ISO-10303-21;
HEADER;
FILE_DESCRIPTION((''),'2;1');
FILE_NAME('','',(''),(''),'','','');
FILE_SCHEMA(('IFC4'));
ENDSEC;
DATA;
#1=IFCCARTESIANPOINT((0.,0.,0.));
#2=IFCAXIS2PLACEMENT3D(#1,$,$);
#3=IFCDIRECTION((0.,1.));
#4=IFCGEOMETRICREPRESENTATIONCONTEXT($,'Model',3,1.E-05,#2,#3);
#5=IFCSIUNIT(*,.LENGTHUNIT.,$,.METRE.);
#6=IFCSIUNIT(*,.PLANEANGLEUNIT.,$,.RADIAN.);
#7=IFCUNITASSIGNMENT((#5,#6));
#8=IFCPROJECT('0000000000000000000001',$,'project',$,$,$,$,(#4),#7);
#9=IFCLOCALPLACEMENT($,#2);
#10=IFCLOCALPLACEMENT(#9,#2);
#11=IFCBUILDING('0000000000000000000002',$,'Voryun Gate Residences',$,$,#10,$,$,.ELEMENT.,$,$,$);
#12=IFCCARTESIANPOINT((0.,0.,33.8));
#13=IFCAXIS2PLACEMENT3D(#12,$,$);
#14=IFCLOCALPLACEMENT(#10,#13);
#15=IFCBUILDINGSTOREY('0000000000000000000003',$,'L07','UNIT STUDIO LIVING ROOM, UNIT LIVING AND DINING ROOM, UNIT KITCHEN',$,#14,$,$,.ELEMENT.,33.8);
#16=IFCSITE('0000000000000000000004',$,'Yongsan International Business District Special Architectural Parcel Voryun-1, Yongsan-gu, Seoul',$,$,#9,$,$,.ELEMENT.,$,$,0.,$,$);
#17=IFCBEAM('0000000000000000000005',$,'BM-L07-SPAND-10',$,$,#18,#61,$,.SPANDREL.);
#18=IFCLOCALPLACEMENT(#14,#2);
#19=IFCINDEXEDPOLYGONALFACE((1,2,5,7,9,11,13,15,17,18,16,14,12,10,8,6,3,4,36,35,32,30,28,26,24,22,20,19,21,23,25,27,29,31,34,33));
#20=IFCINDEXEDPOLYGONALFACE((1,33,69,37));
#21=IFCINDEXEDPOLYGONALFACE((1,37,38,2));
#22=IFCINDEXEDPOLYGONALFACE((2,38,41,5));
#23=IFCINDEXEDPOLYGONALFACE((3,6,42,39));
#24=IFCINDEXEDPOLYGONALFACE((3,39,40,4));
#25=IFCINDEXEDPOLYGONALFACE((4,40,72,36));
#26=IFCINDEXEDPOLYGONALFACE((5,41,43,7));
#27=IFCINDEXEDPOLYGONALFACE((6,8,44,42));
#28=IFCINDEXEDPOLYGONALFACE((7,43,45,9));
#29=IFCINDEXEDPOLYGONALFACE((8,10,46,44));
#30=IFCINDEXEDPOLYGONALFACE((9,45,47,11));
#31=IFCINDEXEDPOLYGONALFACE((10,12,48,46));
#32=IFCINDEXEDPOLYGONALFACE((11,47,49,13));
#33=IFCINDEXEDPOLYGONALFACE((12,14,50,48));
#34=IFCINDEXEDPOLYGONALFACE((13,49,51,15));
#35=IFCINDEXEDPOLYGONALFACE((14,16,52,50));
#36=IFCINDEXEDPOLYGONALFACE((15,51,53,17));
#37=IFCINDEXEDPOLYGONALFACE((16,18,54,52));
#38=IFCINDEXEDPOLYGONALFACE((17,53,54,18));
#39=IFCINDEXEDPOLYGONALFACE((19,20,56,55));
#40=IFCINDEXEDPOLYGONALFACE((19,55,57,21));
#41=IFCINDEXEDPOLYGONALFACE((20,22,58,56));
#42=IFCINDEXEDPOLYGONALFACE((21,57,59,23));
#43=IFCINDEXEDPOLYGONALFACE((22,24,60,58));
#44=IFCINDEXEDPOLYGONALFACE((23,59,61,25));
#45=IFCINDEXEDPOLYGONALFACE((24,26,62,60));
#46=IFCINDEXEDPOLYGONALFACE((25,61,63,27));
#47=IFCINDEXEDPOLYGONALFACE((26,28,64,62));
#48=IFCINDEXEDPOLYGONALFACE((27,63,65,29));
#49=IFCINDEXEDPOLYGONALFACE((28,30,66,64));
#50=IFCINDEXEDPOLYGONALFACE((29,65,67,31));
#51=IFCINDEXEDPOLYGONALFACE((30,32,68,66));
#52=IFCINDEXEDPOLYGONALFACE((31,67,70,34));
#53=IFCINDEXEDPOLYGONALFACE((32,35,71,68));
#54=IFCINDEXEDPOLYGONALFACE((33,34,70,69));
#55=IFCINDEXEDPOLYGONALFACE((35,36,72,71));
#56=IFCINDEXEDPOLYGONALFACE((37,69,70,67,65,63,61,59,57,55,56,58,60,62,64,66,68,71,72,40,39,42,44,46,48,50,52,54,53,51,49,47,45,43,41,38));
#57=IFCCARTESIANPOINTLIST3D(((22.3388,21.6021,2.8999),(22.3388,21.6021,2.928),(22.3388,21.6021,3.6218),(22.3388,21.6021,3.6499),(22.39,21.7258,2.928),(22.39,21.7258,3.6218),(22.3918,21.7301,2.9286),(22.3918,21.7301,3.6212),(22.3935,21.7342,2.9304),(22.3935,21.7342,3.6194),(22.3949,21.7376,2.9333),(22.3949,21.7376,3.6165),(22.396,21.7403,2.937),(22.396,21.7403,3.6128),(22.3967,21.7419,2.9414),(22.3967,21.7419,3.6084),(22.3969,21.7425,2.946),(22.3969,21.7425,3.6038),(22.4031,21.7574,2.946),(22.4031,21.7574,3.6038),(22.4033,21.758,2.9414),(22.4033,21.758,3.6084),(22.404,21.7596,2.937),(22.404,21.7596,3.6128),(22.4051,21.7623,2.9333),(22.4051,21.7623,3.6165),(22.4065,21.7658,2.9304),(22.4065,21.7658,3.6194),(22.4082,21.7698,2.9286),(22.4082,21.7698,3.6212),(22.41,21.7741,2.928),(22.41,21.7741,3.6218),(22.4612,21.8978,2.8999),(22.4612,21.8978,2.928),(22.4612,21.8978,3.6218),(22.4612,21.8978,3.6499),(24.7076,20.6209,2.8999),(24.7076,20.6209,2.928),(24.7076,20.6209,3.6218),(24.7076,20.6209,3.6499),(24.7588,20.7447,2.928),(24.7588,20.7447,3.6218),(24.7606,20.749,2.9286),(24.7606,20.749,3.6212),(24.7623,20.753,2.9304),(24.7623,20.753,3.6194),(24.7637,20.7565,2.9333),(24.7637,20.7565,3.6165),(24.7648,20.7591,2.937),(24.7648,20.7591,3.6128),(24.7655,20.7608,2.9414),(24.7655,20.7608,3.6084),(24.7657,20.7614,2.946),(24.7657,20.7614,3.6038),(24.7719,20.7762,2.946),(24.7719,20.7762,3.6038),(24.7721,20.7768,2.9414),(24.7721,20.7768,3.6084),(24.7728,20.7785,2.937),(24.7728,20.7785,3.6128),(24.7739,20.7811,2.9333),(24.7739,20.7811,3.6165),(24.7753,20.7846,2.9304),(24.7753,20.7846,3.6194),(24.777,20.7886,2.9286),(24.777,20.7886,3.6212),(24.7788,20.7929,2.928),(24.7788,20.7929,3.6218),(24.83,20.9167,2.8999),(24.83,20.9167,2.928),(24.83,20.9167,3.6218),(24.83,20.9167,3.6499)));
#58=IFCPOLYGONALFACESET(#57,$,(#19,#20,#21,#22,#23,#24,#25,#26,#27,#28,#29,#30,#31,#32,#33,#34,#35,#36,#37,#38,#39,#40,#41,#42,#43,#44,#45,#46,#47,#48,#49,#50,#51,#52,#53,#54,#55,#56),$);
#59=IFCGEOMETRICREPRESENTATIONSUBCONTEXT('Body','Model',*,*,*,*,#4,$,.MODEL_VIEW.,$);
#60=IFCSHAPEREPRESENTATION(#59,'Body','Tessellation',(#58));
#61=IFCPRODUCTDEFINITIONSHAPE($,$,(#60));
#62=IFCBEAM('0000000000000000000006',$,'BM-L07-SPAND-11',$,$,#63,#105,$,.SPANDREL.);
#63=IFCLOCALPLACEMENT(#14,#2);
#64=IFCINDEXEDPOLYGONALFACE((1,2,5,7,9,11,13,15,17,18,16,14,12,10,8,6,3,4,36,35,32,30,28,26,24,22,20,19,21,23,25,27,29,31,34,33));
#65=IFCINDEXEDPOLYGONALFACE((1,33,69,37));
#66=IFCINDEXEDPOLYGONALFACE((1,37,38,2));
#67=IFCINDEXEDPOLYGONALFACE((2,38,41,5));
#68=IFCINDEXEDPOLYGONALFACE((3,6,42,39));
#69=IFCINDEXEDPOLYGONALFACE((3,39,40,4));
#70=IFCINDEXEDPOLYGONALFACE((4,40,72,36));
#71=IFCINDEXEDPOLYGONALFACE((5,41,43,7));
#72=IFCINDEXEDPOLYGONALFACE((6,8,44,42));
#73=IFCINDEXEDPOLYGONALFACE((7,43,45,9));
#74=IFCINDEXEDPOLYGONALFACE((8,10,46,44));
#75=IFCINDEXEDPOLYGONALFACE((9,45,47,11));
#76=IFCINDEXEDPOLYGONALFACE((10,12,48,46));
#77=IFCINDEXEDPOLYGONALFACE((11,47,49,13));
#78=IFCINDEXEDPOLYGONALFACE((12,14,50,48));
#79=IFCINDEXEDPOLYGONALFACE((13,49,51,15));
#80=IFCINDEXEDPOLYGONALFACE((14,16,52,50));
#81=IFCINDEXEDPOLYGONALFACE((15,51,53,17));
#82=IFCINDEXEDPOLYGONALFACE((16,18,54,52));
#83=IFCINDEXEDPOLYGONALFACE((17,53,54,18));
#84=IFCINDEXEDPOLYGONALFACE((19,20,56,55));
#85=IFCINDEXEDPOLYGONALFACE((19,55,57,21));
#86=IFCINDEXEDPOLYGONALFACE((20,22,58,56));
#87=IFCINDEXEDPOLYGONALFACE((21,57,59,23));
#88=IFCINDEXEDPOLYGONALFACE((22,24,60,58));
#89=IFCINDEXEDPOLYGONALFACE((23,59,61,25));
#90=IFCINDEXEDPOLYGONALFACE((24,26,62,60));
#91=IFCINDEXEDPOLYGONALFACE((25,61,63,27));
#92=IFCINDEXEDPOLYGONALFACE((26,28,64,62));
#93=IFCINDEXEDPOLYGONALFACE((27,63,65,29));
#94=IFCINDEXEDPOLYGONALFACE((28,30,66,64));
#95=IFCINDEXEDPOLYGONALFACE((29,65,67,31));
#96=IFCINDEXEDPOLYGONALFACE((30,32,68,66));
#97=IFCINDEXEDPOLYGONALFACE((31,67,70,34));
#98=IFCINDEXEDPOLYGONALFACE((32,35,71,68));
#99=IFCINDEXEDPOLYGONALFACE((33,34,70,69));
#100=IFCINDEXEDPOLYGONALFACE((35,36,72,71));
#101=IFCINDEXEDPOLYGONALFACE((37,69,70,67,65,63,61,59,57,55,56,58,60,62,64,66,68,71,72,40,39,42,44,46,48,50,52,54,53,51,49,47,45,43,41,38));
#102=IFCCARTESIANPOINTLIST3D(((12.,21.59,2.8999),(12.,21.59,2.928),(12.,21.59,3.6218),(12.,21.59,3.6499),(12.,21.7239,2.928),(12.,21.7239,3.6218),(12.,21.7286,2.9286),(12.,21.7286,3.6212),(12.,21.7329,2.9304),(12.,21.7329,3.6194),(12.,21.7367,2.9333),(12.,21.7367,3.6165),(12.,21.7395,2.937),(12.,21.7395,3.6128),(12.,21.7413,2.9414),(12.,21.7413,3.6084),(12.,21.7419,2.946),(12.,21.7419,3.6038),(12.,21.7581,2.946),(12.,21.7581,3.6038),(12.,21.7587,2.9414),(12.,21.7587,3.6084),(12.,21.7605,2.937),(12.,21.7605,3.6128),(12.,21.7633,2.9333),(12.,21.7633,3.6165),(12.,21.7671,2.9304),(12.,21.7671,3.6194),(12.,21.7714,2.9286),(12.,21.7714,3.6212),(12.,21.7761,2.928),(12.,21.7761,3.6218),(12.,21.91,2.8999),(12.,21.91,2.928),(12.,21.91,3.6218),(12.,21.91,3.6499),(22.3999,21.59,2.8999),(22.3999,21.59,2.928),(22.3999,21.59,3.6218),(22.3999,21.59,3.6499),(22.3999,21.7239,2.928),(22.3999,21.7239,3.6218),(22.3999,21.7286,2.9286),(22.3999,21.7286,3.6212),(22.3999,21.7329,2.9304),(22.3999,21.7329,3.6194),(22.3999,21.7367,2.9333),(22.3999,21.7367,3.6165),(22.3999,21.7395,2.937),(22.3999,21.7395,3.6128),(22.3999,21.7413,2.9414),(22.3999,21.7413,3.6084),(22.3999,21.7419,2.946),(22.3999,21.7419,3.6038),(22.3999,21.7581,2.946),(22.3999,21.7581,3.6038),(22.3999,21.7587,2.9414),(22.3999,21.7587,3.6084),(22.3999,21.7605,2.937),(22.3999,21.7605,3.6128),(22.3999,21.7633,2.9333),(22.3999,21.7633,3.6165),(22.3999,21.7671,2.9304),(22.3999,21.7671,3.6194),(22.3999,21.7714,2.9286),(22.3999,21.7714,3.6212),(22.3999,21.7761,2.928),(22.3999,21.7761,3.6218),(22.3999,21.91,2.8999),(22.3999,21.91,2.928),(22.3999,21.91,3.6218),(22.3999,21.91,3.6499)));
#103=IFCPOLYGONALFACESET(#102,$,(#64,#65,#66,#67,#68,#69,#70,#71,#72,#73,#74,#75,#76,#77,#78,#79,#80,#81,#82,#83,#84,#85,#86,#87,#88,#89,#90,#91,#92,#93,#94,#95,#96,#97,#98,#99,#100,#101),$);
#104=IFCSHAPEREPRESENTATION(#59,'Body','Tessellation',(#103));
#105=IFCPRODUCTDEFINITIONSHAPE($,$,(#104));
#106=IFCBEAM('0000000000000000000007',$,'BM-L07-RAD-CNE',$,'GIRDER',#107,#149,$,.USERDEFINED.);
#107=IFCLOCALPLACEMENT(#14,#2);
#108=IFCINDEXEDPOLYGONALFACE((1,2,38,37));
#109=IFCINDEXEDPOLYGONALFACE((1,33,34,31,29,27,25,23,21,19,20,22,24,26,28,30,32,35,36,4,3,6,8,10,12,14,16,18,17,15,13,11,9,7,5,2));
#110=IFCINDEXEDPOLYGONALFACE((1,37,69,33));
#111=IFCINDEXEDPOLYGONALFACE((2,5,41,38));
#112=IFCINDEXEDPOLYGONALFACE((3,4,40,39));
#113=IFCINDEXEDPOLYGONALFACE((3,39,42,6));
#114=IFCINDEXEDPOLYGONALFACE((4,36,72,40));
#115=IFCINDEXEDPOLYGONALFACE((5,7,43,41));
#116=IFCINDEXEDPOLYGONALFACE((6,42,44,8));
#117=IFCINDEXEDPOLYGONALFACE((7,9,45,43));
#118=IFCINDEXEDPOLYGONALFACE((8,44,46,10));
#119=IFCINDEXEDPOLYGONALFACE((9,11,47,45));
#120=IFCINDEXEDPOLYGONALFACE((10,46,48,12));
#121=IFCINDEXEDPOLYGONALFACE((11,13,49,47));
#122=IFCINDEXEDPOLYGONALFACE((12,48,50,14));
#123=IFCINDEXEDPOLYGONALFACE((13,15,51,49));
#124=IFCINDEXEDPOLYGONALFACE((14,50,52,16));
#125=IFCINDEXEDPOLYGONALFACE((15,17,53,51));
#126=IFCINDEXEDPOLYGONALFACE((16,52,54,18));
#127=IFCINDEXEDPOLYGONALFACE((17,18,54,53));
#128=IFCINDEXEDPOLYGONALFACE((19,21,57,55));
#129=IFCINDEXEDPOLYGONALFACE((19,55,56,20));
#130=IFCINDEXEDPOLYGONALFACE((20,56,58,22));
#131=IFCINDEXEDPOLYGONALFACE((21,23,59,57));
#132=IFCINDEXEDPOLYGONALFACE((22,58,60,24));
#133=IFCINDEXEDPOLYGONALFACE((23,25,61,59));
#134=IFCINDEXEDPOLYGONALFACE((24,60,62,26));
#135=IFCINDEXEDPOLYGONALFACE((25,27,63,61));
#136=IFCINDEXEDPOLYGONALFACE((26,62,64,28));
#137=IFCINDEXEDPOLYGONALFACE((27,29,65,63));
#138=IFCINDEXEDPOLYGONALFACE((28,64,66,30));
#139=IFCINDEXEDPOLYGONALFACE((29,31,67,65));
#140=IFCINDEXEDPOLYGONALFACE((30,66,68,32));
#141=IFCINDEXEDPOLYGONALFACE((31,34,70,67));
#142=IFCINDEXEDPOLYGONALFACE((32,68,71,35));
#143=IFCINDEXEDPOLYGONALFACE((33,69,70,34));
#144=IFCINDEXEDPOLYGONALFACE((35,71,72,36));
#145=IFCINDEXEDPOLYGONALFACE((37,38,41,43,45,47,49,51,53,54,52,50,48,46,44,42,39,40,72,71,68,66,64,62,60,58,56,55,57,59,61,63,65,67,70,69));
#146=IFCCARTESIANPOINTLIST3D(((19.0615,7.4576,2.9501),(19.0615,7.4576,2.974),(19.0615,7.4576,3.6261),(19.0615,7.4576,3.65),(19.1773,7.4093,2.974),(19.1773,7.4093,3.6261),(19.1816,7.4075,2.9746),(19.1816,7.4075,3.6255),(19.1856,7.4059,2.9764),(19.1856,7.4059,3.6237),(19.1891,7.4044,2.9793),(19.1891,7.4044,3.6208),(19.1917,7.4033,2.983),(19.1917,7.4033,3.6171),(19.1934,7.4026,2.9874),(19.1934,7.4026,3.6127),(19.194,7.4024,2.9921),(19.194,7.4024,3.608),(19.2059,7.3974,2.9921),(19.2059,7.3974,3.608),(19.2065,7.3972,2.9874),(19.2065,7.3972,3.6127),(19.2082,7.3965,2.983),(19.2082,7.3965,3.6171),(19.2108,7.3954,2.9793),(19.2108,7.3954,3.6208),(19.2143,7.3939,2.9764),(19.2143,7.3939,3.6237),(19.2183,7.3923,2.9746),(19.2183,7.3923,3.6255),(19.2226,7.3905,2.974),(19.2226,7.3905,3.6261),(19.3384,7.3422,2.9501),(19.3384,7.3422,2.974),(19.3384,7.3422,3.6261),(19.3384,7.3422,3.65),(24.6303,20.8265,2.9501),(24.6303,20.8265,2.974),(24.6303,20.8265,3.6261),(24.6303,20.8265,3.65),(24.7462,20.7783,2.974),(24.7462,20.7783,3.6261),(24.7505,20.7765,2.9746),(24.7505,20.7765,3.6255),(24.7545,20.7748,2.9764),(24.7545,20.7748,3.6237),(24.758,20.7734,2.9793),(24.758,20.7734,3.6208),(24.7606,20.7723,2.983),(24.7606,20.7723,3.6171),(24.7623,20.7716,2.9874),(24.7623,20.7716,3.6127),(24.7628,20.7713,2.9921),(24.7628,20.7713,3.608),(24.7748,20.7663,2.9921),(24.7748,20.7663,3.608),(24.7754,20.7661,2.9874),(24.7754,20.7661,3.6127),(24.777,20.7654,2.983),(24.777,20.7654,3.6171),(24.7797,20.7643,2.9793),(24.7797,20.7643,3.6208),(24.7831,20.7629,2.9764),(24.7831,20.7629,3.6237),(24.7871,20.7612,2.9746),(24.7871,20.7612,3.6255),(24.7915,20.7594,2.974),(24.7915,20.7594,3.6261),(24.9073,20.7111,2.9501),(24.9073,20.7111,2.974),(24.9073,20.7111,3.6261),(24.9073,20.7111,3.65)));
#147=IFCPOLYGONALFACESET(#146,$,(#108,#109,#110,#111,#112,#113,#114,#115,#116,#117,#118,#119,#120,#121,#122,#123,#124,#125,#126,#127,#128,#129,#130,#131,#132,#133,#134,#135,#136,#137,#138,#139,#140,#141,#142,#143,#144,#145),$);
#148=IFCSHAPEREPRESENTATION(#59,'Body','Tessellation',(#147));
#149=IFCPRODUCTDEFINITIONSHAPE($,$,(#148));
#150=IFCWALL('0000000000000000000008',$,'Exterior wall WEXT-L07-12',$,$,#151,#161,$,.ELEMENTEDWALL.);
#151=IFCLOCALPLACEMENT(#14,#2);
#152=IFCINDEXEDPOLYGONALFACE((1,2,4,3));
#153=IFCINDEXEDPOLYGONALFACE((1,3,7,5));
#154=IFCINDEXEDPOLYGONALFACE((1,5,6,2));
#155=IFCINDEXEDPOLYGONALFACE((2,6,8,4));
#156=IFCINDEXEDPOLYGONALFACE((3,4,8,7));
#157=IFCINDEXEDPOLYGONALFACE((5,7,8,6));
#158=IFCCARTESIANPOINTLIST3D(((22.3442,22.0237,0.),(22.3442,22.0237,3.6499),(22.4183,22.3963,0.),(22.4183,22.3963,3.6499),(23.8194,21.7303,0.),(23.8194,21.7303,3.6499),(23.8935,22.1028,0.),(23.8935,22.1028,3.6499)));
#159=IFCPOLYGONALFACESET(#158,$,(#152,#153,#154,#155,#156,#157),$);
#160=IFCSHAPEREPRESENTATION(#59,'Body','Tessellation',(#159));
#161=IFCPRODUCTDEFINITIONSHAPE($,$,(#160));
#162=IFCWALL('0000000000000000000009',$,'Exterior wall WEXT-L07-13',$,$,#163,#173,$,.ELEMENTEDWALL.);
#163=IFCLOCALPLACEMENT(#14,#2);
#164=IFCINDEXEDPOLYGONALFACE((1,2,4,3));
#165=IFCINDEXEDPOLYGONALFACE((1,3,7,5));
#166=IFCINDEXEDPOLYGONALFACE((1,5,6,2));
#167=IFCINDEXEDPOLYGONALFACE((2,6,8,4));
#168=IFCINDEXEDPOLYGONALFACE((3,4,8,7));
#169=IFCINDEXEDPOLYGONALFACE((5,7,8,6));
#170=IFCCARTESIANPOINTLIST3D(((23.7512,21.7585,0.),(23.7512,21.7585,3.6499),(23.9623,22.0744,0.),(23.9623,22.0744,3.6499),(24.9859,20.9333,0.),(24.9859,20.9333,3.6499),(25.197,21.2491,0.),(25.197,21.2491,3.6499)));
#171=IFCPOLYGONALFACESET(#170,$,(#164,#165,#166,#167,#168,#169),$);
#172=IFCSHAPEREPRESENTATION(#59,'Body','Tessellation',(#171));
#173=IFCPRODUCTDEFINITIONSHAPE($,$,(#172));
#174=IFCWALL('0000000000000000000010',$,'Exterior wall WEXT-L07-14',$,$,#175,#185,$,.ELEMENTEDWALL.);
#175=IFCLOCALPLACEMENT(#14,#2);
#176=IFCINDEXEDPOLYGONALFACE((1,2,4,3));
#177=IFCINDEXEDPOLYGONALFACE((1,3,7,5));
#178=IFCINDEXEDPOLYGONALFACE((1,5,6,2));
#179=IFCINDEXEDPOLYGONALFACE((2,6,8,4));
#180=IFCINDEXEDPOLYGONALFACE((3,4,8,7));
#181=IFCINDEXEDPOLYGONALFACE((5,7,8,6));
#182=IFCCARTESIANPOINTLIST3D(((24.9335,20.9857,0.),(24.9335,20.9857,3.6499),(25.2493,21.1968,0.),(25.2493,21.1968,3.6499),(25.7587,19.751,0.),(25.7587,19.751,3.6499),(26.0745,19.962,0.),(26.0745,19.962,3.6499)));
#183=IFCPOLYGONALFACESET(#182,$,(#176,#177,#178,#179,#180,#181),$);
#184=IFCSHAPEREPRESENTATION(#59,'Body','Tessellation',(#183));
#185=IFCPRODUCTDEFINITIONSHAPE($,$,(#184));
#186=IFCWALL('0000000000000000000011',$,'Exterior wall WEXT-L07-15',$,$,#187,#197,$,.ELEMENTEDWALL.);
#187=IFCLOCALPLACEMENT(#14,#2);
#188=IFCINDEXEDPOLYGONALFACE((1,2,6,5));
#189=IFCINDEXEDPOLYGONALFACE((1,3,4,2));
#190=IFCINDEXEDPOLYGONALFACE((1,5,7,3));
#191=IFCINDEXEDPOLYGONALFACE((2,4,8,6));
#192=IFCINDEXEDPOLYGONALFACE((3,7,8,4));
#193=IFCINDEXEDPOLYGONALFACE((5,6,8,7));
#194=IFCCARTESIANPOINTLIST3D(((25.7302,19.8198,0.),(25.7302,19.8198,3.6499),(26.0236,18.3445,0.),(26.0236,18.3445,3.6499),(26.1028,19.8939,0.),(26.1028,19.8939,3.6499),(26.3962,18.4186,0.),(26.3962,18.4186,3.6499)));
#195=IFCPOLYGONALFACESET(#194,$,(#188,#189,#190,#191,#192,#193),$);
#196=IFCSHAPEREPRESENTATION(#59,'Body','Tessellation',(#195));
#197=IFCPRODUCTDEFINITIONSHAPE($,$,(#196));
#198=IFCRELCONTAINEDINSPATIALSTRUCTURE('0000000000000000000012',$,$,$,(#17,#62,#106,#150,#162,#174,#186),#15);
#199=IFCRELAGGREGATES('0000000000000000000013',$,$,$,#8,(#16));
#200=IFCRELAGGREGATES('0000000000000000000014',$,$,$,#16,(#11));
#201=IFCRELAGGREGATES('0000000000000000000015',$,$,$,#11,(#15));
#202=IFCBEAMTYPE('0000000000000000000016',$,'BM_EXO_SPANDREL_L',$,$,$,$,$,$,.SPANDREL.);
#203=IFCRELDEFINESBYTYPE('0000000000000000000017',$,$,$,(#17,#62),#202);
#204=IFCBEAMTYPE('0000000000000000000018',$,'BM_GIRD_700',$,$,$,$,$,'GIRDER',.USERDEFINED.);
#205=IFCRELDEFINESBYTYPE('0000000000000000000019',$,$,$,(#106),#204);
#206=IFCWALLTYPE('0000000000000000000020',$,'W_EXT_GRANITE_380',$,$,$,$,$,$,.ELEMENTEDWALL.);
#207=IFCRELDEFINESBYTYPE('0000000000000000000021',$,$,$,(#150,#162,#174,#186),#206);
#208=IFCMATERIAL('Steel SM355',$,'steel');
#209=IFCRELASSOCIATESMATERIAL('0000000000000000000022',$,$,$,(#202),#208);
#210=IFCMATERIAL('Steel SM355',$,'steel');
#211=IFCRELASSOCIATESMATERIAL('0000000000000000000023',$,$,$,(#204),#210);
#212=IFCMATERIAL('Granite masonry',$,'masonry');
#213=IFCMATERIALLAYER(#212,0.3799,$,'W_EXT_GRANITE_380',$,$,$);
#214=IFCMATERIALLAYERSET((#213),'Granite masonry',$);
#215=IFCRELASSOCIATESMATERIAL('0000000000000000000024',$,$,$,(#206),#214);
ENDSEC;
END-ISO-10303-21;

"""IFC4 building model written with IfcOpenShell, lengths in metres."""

from ifc_helpers import new_model, si_unit, direction, frame, frame_2d, origin, origin_2d, place, context, subcontext, project, spatial, rectangle, i_section, extrude, material, layer, layer_set, material_profile, profile_set, type_object, element, save


model = new_model("IFC4")

# Units and contexts
model_context = context("Model", 3, precision=1e-05, world=origin(), true_north=direction((0.0, 1.0)))
body_context = subcontext(model_context, "Body", "Model", "MODEL_VIEW")
ifc_project = project(units=[si_unit("LENGTHUNIT", "METRE"), si_unit("PLANEANGLEUNIT", "RADIAN")], contexts=[model_context])

# Site, building, storey
site_placement = place(None, origin())
site = spatial("IfcSite", under=ifc_project, at=site_placement, Name="Yongsan International Business District Special Architectural Parcel Voryun-1, Yongsan-gu, Seoul", CompositionType="ELEMENT", RefElevation=0.0)
building_placement = place(site_placement, origin())
building = spatial("IfcBuilding", under=site, at=building_placement, Name="Voryun Gate Residences", CompositionType="ELEMENT")
storey_placement = place(building_placement, frame((0.0, 0.0, 33.8)))
storey = spatial("IfcBuildingStorey", under=building, at=storey_placement, Name="L07", Description="UNIT STUDIO LIVING ROOM, UNIT LIVING AND DINING ROOM, UNIT KITCHEN", CompositionType="ELEMENT", Elevation=33.8)

# Beams
ifc_material_1 = material(Name="Steel SM355", Category="steel")
ifc_material_profile_1 = material_profile(ifc_material_1, i_section(OverallWidth=0.3201, OverallDepth=0.75, WebThickness=0.0161, FlangeThickness=0.0281, FilletRadius=0.0181, at=origin_2d()), Name="H-750x320x16x28")
ifc_profile_set_1 = profile_set([ifc_material_profile_1], Name="Steel SM355")
beam_type_1 = type_object("IfcBeamType", Name="BM_EXO_SPANDREL_L", PredefinedType="SPANDREL", material=ifc_profile_set_1)
beam_1_placement = place(storey_placement, frame((24.7688, 20.7688, 3.2749), z_axis=(-0.923883, 0.382674, 0.0), x_axis=(-0.382674, -0.923883, 0.0)))
element("IfcBeam", 1, at=beam_1_placement, inside=storey, type_object=beam_type_1, Name="BM-L07-SPAND-10", PredefinedType="SPANDREL", context=body_context, shape_type="SweptSolid", body=[
    extrude(i_section(OverallWidth=0.3201, OverallDepth=0.75, WebThickness=0.0161, FlangeThickness=0.0281, FilletRadius=0.0181, at=origin_2d()), origin(), (0.0, 0.0, 1.0), 2.564),
])
beam_2_placement = place(storey_placement, frame((22.3999, 21.75, 3.2749), z_axis=(-1.0, 0.0, 0.0), x_axis=(0.0, -1.0, 0.0)))
element("IfcBeam", 2, at=beam_2_placement, inside=storey, type_object=beam_type_1, Name="BM-L07-SPAND-11", PredefinedType="SPANDREL", context=body_context, shape_type="SweptSolid", body=[
    extrude(i_section(OverallWidth=0.3201, OverallDepth=0.75, WebThickness=0.0161, FlangeThickness=0.0281, FilletRadius=0.0181, at=origin_2d()), origin(), (0.0, 0.0, 1.0), 10.3999),
])
ifc_material_2 = material(Name="Steel SM355", Category="steel")
ifc_material_profile_2 = material_profile(ifc_material_2, i_section(OverallWidth=0.3, OverallDepth=0.7, WebThickness=0.0129, FlangeThickness=0.0239, FilletRadius=0.0181, at=origin_2d()), Name="H-700x300x13x24")
ifc_profile_set_2 = profile_set([ifc_material_profile_2], Name="Steel SM355")
beam_type_2 = type_object("IfcBeamType", Name="BM_GIRD_700", ElementType="GIRDER", PredefinedType="USERDEFINED", material=ifc_profile_set_2)
beam_3_placement = place(storey_placement, frame((19.2, 7.3999, 3.3), z_axis=(0.384526, 0.923114, 0.0), x_axis=(-0.923114, 0.384526, 0.0)))
element("IfcBeam", 3, at=beam_3_placement, inside=storey, type_object=beam_type_2, Name="BM-L07-RAD-CNE", ObjectType="GIRDER", PredefinedType="USERDEFINED", context=body_context, shape_type="SweptSolid", body=[
    extrude(i_section(OverallWidth=0.3, OverallDepth=0.7, WebThickness=0.0129, FlangeThickness=0.0239, FilletRadius=0.0181, at=origin_2d()), origin(), (0.0, 0.0, 1.0), 14.4824),
])

# Walls
ifc_material_3 = material(Name="Granite masonry", Category="masonry")
ifc_layer_1 = layer(ifc_material_3, 0.3799, Name="W_EXT_GRANITE_380")
ifc_layer_set_1 = layer_set([ifc_layer_1], Name="Granite masonry")
wall_type_1 = type_object("IfcWallType", Name="W_EXT_GRANITE_380", PredefinedType="ELEMENTEDWALL", material=ifc_layer_set_1)
wall_1_placement = place(storey_placement, frame((22.3813, 22.21, 0.0), z_axis=(0.0, 0.0, 1.0), x_axis=(0.980786, -0.195086, 0.0)))
element("IfcWall", 4, at=wall_1_placement, inside=storey, type_object=wall_type_1, Name="Exterior wall WEXT-L07-12", PredefinedType="ELEMENTEDWALL", context=body_context, shape_type="SweptSolid", body=[
    extrude(rectangle(XDim=1.5042, YDim=0.3799, at=frame_2d((0.752, 0.0))), origin(), (0.0, 0.0, 1.0), 3.6499),
])
for number, where, z_axis, x_axis, name in (
    (5, (23.8567, 21.9165, 0.0), (0.0, 0.0, 1.0), (0.831392, -0.555686, 0.0), "Exterior wall WEXT-L07-13"),
    (6, (25.0913, 21.0913, 0.0), (0.0, 0.0, 1.0), (0.555686, -0.831392, 0.0), "Exterior wall WEXT-L07-14"),
):
    element("IfcWall", number, at=place(storey_placement, frame(where, z_axis=z_axis, x_axis=x_axis)), inside=storey, type_object=wall_type_1, Name=name, PredefinedType="ELEMENTEDWALL", context=body_context, shape_type="SweptSolid", body=[
        extrude(rectangle(XDim=1.4851, YDim=0.3799, at=frame_2d((0.7427, 0.0))), origin(), (0.0, 0.0, 1.0), 3.6499),
    ])
wall_2_placement = place(storey_placement, frame((25.9165, 19.8567, 0.0), z_axis=(0.0, 0.0, 1.0), x_axis=(0.195086, -0.980786, 0.0)))
element("IfcWall", 7, at=wall_2_placement, inside=storey, type_object=wall_type_1, Name="Exterior wall WEXT-L07-15", PredefinedType="ELEMENTEDWALL", context=body_context, shape_type="SweptSolid", body=[
    extrude(rectangle(XDim=1.5042, YDim=0.3799, at=frame_2d((0.752, 0.0))), origin(), (0.0, 0.0, 1.0), 3.6499),
])

save(model, "model.ifc")
